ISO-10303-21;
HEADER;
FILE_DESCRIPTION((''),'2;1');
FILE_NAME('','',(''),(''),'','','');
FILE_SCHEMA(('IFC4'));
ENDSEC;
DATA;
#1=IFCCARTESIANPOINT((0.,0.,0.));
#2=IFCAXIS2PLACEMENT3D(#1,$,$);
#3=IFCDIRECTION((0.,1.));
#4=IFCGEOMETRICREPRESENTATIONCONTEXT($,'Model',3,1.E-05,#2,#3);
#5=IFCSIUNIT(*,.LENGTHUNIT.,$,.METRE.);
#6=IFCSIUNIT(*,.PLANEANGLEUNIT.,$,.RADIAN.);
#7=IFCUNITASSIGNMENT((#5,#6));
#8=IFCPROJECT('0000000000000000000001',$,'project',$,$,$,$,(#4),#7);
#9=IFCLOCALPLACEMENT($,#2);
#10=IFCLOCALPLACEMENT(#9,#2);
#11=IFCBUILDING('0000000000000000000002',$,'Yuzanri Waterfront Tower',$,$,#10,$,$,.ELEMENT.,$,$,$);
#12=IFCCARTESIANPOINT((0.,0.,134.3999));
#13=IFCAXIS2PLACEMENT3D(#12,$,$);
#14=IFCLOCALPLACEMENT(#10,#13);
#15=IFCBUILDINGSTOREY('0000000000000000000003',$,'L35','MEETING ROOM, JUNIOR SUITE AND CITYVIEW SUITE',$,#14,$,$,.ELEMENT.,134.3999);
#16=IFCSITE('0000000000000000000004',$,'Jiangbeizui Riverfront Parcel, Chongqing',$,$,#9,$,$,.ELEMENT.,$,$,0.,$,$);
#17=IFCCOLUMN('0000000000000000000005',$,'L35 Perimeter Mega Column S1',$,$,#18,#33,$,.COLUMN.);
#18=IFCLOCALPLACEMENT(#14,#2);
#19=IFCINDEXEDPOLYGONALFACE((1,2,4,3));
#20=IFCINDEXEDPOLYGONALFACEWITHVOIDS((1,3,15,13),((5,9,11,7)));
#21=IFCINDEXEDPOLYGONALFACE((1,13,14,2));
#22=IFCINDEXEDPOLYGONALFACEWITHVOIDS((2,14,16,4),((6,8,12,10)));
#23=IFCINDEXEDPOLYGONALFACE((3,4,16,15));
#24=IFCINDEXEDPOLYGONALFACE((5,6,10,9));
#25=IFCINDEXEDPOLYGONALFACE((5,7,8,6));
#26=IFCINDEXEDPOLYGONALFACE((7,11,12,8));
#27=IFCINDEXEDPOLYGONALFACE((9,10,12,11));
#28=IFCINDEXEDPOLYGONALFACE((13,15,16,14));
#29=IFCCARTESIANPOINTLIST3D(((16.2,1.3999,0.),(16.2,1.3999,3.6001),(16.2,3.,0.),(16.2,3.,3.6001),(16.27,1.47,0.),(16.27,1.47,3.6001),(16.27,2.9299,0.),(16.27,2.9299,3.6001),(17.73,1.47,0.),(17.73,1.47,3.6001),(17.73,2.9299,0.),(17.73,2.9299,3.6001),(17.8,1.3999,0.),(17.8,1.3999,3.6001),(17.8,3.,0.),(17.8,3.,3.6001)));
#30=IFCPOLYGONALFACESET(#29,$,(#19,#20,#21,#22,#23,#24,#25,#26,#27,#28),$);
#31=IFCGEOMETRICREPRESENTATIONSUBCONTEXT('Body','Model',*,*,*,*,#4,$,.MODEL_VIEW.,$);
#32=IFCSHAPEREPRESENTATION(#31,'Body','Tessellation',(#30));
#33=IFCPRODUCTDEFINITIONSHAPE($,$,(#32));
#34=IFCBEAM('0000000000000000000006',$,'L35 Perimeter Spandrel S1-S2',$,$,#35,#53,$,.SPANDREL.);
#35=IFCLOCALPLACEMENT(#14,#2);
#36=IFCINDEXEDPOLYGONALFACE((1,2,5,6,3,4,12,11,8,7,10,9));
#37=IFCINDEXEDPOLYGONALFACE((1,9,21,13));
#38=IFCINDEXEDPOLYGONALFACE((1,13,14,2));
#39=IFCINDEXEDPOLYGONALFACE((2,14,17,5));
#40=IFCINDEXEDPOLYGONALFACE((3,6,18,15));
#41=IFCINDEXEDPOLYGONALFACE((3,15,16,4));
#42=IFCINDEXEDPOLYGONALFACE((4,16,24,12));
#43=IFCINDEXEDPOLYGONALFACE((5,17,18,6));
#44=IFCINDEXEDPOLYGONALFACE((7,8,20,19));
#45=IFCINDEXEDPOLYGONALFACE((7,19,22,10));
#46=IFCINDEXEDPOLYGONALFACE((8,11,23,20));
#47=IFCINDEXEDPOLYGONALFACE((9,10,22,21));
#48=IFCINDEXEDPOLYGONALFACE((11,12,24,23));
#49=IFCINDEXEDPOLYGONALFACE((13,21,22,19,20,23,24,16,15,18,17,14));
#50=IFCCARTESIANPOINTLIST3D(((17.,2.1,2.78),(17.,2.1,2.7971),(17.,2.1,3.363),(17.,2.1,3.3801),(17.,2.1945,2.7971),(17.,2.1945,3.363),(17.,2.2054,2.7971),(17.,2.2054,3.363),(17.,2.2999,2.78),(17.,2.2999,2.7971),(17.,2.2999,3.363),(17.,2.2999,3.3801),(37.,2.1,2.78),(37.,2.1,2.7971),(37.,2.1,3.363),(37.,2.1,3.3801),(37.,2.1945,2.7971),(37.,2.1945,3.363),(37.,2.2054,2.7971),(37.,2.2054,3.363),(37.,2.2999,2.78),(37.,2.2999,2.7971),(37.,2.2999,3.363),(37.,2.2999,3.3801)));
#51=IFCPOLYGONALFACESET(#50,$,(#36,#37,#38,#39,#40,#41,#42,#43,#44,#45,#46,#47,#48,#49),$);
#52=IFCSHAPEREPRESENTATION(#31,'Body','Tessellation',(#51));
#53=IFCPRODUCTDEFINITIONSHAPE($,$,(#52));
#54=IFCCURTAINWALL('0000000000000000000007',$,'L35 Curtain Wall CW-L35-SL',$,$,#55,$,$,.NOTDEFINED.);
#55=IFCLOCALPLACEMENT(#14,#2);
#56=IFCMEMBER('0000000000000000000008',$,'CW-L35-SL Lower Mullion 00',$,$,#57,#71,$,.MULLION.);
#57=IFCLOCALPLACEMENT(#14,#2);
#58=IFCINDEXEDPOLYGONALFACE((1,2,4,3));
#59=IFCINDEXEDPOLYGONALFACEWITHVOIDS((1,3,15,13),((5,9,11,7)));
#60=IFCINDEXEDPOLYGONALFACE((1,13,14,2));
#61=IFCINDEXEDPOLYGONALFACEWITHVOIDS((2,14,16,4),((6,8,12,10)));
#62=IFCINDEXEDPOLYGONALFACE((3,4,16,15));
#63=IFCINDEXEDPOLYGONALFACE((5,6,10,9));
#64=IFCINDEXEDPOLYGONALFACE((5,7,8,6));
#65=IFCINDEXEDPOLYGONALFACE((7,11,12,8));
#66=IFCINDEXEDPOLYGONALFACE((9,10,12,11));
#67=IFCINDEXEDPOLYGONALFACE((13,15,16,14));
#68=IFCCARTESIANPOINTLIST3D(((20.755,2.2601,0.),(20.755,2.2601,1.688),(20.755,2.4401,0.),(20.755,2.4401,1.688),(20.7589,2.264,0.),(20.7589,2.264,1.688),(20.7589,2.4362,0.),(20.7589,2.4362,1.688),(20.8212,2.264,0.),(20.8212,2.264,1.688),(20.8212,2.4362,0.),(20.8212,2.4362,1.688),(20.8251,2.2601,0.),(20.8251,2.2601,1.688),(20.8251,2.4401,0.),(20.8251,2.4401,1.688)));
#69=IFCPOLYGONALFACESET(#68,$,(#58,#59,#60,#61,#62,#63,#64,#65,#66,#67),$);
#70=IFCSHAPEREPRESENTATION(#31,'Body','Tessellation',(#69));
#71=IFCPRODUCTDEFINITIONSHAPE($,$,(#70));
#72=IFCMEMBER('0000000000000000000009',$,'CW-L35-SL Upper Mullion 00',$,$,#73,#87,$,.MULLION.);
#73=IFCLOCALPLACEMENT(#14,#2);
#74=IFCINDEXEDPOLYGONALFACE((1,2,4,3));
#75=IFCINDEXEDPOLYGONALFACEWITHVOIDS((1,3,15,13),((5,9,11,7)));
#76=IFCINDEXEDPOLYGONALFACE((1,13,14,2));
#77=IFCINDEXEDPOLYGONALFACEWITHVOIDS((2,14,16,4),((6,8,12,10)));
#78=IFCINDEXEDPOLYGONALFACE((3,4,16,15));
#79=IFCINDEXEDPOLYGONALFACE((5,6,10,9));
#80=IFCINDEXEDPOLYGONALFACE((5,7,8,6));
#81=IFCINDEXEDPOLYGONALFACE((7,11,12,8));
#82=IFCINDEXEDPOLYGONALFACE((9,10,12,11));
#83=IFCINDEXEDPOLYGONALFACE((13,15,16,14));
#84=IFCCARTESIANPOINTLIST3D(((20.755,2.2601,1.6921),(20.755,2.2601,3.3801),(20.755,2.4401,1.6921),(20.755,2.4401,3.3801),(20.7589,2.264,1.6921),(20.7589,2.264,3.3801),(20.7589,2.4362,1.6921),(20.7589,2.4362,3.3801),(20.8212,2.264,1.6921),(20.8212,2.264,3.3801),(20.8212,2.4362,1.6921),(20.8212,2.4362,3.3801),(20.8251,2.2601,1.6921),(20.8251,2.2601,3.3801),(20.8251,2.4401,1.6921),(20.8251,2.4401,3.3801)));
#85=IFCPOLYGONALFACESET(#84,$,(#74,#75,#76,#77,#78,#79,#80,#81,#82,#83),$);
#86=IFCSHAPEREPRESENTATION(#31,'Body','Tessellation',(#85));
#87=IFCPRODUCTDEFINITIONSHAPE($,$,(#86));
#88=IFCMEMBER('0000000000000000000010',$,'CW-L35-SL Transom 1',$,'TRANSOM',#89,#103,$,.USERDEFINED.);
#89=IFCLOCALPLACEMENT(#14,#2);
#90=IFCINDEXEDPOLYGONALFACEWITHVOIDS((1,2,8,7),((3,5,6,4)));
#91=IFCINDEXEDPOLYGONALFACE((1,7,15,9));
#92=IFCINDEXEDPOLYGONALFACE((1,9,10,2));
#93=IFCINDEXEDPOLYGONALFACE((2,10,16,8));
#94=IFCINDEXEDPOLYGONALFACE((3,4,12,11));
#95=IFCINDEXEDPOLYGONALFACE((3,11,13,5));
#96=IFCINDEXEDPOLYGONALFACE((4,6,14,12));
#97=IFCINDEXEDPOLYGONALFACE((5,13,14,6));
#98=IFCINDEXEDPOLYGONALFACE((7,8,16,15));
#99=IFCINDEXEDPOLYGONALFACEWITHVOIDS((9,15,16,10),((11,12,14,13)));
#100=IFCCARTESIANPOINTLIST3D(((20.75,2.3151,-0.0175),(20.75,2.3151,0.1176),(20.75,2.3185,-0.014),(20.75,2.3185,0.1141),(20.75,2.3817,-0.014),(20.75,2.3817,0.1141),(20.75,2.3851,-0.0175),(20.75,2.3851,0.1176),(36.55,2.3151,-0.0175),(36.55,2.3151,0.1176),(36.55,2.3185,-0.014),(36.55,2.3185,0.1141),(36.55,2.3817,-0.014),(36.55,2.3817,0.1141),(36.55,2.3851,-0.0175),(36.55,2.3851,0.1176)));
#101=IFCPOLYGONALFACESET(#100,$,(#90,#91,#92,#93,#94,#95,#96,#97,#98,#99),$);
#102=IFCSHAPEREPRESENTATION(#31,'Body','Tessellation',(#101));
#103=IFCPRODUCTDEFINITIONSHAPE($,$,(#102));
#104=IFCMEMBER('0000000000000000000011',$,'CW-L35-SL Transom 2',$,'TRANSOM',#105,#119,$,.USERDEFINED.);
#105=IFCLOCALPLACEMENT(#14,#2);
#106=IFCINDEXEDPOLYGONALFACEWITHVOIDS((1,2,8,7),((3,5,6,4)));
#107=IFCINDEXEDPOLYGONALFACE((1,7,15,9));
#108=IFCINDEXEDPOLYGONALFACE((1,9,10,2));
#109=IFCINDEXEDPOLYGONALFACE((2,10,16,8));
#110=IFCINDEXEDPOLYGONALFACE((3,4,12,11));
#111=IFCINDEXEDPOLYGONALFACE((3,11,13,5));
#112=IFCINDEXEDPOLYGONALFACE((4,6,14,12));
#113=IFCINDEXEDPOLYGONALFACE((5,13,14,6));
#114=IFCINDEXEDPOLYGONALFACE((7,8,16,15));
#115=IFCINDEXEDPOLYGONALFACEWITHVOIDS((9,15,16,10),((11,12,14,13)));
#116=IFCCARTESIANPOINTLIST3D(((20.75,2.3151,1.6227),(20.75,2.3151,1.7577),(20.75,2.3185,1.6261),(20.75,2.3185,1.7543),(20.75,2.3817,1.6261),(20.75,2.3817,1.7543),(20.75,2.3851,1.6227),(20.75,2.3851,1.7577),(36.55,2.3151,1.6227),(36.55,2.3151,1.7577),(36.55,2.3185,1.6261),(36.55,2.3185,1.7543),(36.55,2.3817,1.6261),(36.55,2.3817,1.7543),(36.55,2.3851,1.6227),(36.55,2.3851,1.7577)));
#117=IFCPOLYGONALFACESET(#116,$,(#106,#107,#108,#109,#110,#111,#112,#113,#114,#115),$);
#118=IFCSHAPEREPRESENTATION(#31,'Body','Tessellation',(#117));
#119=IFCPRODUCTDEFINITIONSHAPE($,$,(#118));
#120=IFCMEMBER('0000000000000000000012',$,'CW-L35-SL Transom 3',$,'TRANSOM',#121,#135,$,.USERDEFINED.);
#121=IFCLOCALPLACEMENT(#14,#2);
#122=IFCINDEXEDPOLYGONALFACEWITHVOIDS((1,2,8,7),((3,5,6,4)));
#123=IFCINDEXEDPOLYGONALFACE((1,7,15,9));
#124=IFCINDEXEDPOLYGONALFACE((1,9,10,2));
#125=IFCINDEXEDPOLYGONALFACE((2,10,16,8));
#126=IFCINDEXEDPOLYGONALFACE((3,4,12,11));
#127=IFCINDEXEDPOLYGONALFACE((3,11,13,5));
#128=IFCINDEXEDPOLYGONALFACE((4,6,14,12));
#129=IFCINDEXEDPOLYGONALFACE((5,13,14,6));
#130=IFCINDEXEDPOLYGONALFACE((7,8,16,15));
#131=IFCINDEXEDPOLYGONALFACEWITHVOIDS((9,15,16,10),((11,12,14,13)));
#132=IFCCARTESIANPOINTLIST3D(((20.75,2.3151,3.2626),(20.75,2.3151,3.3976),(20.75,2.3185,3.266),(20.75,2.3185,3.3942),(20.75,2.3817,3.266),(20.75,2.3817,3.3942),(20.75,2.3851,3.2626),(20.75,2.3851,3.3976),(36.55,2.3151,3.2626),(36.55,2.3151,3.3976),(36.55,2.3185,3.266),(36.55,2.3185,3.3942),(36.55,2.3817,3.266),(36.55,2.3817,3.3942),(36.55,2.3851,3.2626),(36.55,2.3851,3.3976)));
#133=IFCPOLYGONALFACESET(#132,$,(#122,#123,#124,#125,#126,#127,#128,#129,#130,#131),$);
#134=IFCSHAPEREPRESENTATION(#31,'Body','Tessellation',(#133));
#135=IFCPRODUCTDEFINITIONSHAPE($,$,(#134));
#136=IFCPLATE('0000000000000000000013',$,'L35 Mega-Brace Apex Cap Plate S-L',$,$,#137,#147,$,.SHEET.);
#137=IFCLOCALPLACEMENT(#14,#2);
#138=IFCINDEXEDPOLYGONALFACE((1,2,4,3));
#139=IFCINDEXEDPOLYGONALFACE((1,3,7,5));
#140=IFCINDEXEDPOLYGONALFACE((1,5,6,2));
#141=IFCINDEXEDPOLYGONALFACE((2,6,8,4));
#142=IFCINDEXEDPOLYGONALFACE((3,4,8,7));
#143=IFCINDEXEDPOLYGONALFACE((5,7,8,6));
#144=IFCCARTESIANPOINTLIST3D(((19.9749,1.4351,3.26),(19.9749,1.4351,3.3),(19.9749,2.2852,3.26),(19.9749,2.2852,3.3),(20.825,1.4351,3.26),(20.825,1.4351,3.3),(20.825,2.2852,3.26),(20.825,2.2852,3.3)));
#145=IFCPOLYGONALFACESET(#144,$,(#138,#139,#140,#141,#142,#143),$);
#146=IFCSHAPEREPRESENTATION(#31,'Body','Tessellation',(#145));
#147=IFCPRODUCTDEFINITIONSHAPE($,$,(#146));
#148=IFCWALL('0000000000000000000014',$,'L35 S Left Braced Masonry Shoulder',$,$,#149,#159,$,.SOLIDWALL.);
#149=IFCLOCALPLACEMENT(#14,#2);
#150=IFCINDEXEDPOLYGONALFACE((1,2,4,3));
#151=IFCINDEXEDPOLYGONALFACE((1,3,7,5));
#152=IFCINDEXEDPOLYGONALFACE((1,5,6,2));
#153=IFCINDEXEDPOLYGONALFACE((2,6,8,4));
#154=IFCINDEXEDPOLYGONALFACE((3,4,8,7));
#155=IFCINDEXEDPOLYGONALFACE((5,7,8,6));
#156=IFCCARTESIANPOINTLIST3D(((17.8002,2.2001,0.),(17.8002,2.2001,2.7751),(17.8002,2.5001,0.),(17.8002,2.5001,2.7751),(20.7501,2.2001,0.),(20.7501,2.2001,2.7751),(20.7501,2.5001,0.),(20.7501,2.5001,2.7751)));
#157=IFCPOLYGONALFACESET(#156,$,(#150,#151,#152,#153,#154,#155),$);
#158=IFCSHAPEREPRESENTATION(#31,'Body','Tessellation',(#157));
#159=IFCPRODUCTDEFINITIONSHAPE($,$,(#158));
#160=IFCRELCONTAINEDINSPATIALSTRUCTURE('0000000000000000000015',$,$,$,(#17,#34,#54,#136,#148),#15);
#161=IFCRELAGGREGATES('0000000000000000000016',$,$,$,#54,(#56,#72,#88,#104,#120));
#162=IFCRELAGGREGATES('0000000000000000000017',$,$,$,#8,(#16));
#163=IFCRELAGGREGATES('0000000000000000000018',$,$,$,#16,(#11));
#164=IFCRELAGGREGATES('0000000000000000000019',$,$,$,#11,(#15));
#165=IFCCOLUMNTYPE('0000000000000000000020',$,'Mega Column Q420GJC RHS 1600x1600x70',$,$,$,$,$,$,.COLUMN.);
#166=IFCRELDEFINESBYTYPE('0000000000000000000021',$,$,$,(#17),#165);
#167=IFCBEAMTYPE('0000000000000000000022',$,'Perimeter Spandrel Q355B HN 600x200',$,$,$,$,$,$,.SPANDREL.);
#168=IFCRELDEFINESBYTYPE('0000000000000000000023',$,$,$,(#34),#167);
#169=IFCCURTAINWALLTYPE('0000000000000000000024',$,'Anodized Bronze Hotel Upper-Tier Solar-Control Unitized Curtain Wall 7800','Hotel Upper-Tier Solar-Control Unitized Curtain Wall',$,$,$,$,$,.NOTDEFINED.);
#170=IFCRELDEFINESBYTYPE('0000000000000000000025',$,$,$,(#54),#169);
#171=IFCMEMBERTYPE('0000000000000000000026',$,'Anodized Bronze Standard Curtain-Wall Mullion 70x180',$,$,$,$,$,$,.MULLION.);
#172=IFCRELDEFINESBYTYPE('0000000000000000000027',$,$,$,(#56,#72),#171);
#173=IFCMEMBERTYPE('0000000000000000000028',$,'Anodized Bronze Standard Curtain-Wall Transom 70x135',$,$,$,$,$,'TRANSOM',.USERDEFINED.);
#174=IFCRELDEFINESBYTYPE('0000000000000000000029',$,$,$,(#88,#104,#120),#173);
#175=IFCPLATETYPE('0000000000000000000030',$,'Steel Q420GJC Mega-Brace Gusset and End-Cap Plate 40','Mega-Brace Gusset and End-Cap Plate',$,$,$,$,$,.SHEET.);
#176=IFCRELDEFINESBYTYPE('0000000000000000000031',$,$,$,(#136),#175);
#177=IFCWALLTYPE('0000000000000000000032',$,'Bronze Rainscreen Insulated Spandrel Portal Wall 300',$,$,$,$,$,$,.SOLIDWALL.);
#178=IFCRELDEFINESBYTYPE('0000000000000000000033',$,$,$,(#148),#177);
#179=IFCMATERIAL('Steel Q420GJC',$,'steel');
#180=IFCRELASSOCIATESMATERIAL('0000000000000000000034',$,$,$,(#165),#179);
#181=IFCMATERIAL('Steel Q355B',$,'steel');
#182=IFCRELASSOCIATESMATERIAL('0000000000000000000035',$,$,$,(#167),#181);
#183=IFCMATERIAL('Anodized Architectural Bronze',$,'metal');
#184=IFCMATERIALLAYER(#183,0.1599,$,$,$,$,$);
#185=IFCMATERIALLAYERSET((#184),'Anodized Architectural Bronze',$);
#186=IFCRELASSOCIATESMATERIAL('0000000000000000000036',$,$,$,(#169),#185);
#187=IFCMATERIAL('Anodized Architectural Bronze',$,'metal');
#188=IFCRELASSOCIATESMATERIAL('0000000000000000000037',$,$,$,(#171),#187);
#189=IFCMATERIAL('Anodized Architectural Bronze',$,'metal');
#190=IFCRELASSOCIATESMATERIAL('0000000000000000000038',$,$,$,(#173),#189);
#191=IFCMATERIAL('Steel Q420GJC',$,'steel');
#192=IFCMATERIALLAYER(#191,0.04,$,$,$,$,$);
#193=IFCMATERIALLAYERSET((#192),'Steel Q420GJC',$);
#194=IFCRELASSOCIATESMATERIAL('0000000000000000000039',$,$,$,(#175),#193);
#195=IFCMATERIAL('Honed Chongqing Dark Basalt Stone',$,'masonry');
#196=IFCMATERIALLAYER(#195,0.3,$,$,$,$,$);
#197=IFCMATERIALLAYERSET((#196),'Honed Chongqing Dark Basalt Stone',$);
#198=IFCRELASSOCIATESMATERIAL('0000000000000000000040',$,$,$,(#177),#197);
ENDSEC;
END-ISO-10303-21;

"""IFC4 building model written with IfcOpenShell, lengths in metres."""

from ifc_helpers import new_model, si_unit, direction, frame, frame_2d, origin, origin_2d, place, context, subcontext, project, spatial, rectangle, hollow_rectangle, i_section, extrude, source, transform, mapped, material, layer, layer_set, material_profile, profile_set, type_object, element, aggregate, save


model = new_model("IFC4")

# Units and contexts
model_context = context("Model", 3, precision=1e-05, world=origin(), true_north=direction((0.0, 1.0)))
body_context = subcontext(model_context, "Body", "Model", "MODEL_VIEW")
ifc_project = project(units=[si_unit("LENGTHUNIT", "METRE"), si_unit("PLANEANGLEUNIT", "RADIAN")], contexts=[model_context])

# Site, building, storey
site_placement = place(None, origin())
site = spatial("IfcSite", under=ifc_project, at=site_placement, Name="Jiangbeizui Riverfront Parcel, Chongqing", CompositionType="ELEMENT", RefElevation=0.0)
building_placement = place(site_placement, origin())
building = spatial("IfcBuilding", under=site, at=building_placement, Name="Yuzanri Waterfront Tower", CompositionType="ELEMENT")
storey_placement = place(building_placement, frame((0.0, 0.0, 134.3999)))
storey = spatial("IfcBuildingStorey", under=building, at=storey_placement, Name="L35", Description="MEETING ROOM, JUNIOR SUITE AND CITYVIEW SUITE", CompositionType="ELEMENT", Elevation=134.3999)

# Column
ifc_material_1 = material(Name="Steel Q420GJC", Category="steel")
ifc_material_profile_1 = material_profile(ifc_material_1, hollow_rectangle(XDim=1.6001, YDim=1.6001, WallThickness=0.0701, at=origin_2d()), Name="RHS 1600x1600x70")
ifc_profile_set_1 = profile_set([ifc_material_profile_1], Name="Steel Q420GJC")
column_type = type_object("IfcColumnType", Name="Mega Column Q420GJC RHS 1600x1600x70", PredefinedType="COLUMN", material=ifc_profile_set_1)
shared_shape_1 = source(origin(), body_context, "Body", "SweptSolid", [
    extrude(hollow_rectangle(XDim=1.6001, YDim=1.6001, WallThickness=0.0701, at=origin_2d()), origin(), (0.0, 0.0, 1.0), 3.6001),
])
column_placement = place(storey_placement, frame((17.0, 2.2, 0.0), z_axis=(0.0, 0.0, 1.0), x_axis=(1.0, 0.0, 0.0)))
element("IfcColumn", 1, at=column_placement, inside=storey, type_object=column_type, Name="L35 Perimeter Mega Column S1", PredefinedType="COLUMN", context=body_context, shape_type="MappedRepresentation", body=[
    mapped(shared_shape_1, transform((0.0, 0.0, 0.0), scale=1.0)),
])

# Beam
ifc_material_2 = material(Name="Steel Q355B", Category="steel")
ifc_material_profile_2 = material_profile(ifc_material_2, i_section(OverallWidth=0.2, OverallDepth=0.6001, WebThickness=0.011, FlangeThickness=0.0171, at=origin_2d()), Name="HN 600x200x11x17")
ifc_profile_set_2 = profile_set([ifc_material_profile_2], Name="Steel Q355B")
beam_type = type_object("IfcBeamType", Name="Perimeter Spandrel Q355B HN 600x200", PredefinedType="SPANDREL", material=ifc_profile_set_2)
shared_shape_2 = source(origin(), body_context, "Body", "SweptSolid", [
    extrude(i_section(OverallWidth=0.2, OverallDepth=0.6001, WebThickness=0.011, FlangeThickness=0.0171, at=origin_2d()), origin(), (0.0, 0.0, 1.0), 20.0),
])
beam_placement = place(storey_placement, frame((17.0, 2.2, 3.0801), z_axis=(1.0, 0.0, 0.0), x_axis=(0.0, 1.0, 0.0)))
element("IfcBeam", 2, at=beam_placement, inside=storey, type_object=beam_type, Name="L35 Perimeter Spandrel S1-S2", PredefinedType="SPANDREL", context=body_context, shape_type="MappedRepresentation", body=[
    mapped(shared_shape_2, transform((0.0, 0.0, 0.0), scale=1.0)),
])

# Curtain wall, members
ifc_material_3 = material(Name="Anodized Architectural Bronze", Category="metal")
ifc_layer_1 = layer(ifc_material_3, 0.1599)
ifc_layer_set_1 = layer_set([ifc_layer_1], Name="Anodized Architectural Bronze")
curtain_wall_type = type_object("IfcCurtainWallType", Name="Anodized Bronze Hotel Upper-Tier Solar-Control Unitized Curtain Wall 7800", Description="Hotel Upper-Tier Solar-Control Unitized Curtain Wall", PredefinedType="NOTDEFINED", material=ifc_layer_set_1)
curtain_wall_placement = place(storey_placement, origin())
curtain_wall = element("IfcCurtainWall", 3, at=curtain_wall_placement, inside=storey, type_object=curtain_wall_type, Name="L35 Curtain Wall CW-L35-SL", PredefinedType="NOTDEFINED")
ifc_material_4 = material(Name="Anodized Architectural Bronze", Category="metal")
ifc_material_profile_3 = material_profile(ifc_material_4, hollow_rectangle(XDim=0.0701, YDim=0.1799, WallThickness=0.0039, at=origin_2d()), Name="CWM 70x180")
ifc_profile_set_3 = profile_set([ifc_material_profile_3], Name="Anodized Architectural Bronze")
member_type_1 = type_object("IfcMemberType", Name="Anodized Bronze Standard Curtain-Wall Mullion 70x180", PredefinedType="MULLION", material=ifc_profile_set_3)
shared_shape_3 = source(origin(), body_context, "Body", "SweptSolid", [
    extrude(hollow_rectangle(XDim=0.0701, YDim=0.1799, WallThickness=0.0039, at=origin_2d()), origin(), (0.0, 0.0, 1.0), 1.688),
])
member_1_placement = place(storey_placement, frame((20.79, 2.3501, 0.0), z_axis=(0.0, 0.0, 1.0), x_axis=(1.0, 0.0, 0.0)))
member_1 = element("IfcMember", 4, at=member_1_placement, type_object=member_type_1, Name="CW-L35-SL Lower Mullion 00", PredefinedType="MULLION", context=body_context, shape_type="MappedRepresentation", body=[
    mapped(shared_shape_3, transform((0.0, 0.0, 0.0), scale=1.0)),
])
member_2_placement = place(storey_placement, frame((20.79, 2.3501, 1.6921), z_axis=(0.0, 0.0, 1.0), x_axis=(1.0, 0.0, 0.0)))
member_2 = element("IfcMember", 5, at=member_2_placement, type_object=member_type_1, Name="CW-L35-SL Upper Mullion 00", PredefinedType="MULLION", context=body_context, shape_type="MappedRepresentation", body=[
    mapped(shared_shape_3, transform((0.0, 0.0, 0.0), scale=1.0)),
])
ifc_material_5 = material(Name="Anodized Architectural Bronze", Category="metal")
ifc_material_profile_4 = material_profile(ifc_material_5, hollow_rectangle(XDim=0.0701, YDim=0.135, WallThickness=0.0034, at=origin_2d()), Name="CWT 70x135")
ifc_profile_set_4 = profile_set([ifc_material_profile_4], Name="Anodized Architectural Bronze")
member_type_2 = type_object("IfcMemberType", Name="Anodized Bronze Standard Curtain-Wall Transom 70x135", ElementType="TRANSOM", PredefinedType="USERDEFINED", material=ifc_profile_set_4)
shared_shape_4 = source(origin(), body_context, "Body", "SweptSolid", [
    extrude(hollow_rectangle(XDim=0.0701, YDim=0.135, WallThickness=0.0034, at=origin_2d()), origin(), (0.0, 0.0, 1.0), 15.8),
])
member_3_placement = place(storey_placement, frame((20.75, 2.3501, 0.05), z_axis=(1.0, 0.0, 0.0), x_axis=(0.0, 1.0, 0.0)))
member_3 = element("IfcMember", 6, at=member_3_placement, type_object=member_type_2, Name="CW-L35-SL Transom 1", ObjectType="TRANSOM", PredefinedType="USERDEFINED", context=body_context, shape_type="MappedRepresentation", body=[
    mapped(shared_shape_4, transform((0.0, 0.0, 0.0), scale=1.0)),
])
member_4_placement = place(storey_placement, frame((20.75, 2.3501, 1.6902), z_axis=(1.0, 0.0, 0.0), x_axis=(0.0, 1.0, 0.0)))
member_4 = element("IfcMember", 7, at=member_4_placement, type_object=member_type_2, Name="CW-L35-SL Transom 2", ObjectType="TRANSOM", PredefinedType="USERDEFINED", context=body_context, shape_type="MappedRepresentation", body=[
    mapped(shared_shape_4, transform((0.0, 0.0, 0.0), scale=1.0)),
])
member_5_placement = place(storey_placement, frame((20.75, 2.3501, 3.3301), z_axis=(1.0, 0.0, 0.0), x_axis=(0.0, 1.0, 0.0)))
member_5 = element("IfcMember", 8, at=member_5_placement, type_object=member_type_2, Name="CW-L35-SL Transom 3", ObjectType="TRANSOM", PredefinedType="USERDEFINED", context=body_context, shape_type="MappedRepresentation", body=[
    mapped(shared_shape_4, transform((0.0, 0.0, 0.0), scale=1.0)),
])
aggregate(curtain_wall, [member_1, member_2, member_3, member_4, member_5])

# Plate
ifc_material_6 = material(Name="Steel Q420GJC", Category="steel")
ifc_layer_2 = layer(ifc_material_6, 0.04)
ifc_layer_set_2 = layer_set([ifc_layer_2], Name="Steel Q420GJC")
plate_type = type_object("IfcPlateType", Name="Steel Q420GJC Mega-Brace Gusset and End-Cap Plate 40", Description="Mega-Brace Gusset and End-Cap Plate", PredefinedType="SHEET", material=ifc_layer_set_2)
shared_shape_5 = source(origin(), body_context, "Body", "SweptSolid", [
    extrude(rectangle(XDim=0.8501, YDim=0.8501, at=origin_2d()), origin(), (0.0, 0.0, 1.0), 0.04),
])
plate_placement = place(storey_placement, frame((20.3999, 1.8601, 3.26), z_axis=(0.0, 0.0, 1.0), x_axis=(1.0, 0.0, 0.0)))
element("IfcPlate", 9, at=plate_placement, inside=storey, type_object=plate_type, Name="L35 Mega-Brace Apex Cap Plate S-L", PredefinedType="SHEET", context=body_context, shape_type="MappedRepresentation", body=[
    mapped(shared_shape_5, transform((0.0, 0.0, 0.0), scale=1.0)),
])

# Wall
ifc_material_7 = material(Name="Honed Chongqing Dark Basalt Stone", Category="masonry")
ifc_layer_3 = layer(ifc_material_7, 0.3)
ifc_layer_set_3 = layer_set([ifc_layer_3], Name="Honed Chongqing Dark Basalt Stone")
wall_type = type_object("IfcWallType", Name="Bronze Rainscreen Insulated Spandrel Portal Wall 300", PredefinedType="SOLIDWALL", material=ifc_layer_set_3)
shared_shape_6 = source(origin(), body_context, "Body", "SweptSolid", [
    extrude(rectangle(XDim=2.95, YDim=0.3, at=frame_2d((1.4751, 0.0))), origin(), (0.0, 0.0, 1.0), 2.7751),
])
wall_placement = place(storey_placement, frame((17.8, 2.3501, 0.0), z_axis=(0.0, 0.0, 1.0), x_axis=(1.0, 0.0, 0.0)))
element("IfcWall", 10, at=wall_placement, inside=storey, type_object=wall_type, Name="L35 S Left Braced Masonry Shoulder", PredefinedType="SOLIDWALL", context=body_context, shape_type="MappedRepresentation", body=[
    mapped(shared_shape_6, transform((0.0, 0.0, 0.0), scale=1.0)),
])

save(model, "model.ifc")
